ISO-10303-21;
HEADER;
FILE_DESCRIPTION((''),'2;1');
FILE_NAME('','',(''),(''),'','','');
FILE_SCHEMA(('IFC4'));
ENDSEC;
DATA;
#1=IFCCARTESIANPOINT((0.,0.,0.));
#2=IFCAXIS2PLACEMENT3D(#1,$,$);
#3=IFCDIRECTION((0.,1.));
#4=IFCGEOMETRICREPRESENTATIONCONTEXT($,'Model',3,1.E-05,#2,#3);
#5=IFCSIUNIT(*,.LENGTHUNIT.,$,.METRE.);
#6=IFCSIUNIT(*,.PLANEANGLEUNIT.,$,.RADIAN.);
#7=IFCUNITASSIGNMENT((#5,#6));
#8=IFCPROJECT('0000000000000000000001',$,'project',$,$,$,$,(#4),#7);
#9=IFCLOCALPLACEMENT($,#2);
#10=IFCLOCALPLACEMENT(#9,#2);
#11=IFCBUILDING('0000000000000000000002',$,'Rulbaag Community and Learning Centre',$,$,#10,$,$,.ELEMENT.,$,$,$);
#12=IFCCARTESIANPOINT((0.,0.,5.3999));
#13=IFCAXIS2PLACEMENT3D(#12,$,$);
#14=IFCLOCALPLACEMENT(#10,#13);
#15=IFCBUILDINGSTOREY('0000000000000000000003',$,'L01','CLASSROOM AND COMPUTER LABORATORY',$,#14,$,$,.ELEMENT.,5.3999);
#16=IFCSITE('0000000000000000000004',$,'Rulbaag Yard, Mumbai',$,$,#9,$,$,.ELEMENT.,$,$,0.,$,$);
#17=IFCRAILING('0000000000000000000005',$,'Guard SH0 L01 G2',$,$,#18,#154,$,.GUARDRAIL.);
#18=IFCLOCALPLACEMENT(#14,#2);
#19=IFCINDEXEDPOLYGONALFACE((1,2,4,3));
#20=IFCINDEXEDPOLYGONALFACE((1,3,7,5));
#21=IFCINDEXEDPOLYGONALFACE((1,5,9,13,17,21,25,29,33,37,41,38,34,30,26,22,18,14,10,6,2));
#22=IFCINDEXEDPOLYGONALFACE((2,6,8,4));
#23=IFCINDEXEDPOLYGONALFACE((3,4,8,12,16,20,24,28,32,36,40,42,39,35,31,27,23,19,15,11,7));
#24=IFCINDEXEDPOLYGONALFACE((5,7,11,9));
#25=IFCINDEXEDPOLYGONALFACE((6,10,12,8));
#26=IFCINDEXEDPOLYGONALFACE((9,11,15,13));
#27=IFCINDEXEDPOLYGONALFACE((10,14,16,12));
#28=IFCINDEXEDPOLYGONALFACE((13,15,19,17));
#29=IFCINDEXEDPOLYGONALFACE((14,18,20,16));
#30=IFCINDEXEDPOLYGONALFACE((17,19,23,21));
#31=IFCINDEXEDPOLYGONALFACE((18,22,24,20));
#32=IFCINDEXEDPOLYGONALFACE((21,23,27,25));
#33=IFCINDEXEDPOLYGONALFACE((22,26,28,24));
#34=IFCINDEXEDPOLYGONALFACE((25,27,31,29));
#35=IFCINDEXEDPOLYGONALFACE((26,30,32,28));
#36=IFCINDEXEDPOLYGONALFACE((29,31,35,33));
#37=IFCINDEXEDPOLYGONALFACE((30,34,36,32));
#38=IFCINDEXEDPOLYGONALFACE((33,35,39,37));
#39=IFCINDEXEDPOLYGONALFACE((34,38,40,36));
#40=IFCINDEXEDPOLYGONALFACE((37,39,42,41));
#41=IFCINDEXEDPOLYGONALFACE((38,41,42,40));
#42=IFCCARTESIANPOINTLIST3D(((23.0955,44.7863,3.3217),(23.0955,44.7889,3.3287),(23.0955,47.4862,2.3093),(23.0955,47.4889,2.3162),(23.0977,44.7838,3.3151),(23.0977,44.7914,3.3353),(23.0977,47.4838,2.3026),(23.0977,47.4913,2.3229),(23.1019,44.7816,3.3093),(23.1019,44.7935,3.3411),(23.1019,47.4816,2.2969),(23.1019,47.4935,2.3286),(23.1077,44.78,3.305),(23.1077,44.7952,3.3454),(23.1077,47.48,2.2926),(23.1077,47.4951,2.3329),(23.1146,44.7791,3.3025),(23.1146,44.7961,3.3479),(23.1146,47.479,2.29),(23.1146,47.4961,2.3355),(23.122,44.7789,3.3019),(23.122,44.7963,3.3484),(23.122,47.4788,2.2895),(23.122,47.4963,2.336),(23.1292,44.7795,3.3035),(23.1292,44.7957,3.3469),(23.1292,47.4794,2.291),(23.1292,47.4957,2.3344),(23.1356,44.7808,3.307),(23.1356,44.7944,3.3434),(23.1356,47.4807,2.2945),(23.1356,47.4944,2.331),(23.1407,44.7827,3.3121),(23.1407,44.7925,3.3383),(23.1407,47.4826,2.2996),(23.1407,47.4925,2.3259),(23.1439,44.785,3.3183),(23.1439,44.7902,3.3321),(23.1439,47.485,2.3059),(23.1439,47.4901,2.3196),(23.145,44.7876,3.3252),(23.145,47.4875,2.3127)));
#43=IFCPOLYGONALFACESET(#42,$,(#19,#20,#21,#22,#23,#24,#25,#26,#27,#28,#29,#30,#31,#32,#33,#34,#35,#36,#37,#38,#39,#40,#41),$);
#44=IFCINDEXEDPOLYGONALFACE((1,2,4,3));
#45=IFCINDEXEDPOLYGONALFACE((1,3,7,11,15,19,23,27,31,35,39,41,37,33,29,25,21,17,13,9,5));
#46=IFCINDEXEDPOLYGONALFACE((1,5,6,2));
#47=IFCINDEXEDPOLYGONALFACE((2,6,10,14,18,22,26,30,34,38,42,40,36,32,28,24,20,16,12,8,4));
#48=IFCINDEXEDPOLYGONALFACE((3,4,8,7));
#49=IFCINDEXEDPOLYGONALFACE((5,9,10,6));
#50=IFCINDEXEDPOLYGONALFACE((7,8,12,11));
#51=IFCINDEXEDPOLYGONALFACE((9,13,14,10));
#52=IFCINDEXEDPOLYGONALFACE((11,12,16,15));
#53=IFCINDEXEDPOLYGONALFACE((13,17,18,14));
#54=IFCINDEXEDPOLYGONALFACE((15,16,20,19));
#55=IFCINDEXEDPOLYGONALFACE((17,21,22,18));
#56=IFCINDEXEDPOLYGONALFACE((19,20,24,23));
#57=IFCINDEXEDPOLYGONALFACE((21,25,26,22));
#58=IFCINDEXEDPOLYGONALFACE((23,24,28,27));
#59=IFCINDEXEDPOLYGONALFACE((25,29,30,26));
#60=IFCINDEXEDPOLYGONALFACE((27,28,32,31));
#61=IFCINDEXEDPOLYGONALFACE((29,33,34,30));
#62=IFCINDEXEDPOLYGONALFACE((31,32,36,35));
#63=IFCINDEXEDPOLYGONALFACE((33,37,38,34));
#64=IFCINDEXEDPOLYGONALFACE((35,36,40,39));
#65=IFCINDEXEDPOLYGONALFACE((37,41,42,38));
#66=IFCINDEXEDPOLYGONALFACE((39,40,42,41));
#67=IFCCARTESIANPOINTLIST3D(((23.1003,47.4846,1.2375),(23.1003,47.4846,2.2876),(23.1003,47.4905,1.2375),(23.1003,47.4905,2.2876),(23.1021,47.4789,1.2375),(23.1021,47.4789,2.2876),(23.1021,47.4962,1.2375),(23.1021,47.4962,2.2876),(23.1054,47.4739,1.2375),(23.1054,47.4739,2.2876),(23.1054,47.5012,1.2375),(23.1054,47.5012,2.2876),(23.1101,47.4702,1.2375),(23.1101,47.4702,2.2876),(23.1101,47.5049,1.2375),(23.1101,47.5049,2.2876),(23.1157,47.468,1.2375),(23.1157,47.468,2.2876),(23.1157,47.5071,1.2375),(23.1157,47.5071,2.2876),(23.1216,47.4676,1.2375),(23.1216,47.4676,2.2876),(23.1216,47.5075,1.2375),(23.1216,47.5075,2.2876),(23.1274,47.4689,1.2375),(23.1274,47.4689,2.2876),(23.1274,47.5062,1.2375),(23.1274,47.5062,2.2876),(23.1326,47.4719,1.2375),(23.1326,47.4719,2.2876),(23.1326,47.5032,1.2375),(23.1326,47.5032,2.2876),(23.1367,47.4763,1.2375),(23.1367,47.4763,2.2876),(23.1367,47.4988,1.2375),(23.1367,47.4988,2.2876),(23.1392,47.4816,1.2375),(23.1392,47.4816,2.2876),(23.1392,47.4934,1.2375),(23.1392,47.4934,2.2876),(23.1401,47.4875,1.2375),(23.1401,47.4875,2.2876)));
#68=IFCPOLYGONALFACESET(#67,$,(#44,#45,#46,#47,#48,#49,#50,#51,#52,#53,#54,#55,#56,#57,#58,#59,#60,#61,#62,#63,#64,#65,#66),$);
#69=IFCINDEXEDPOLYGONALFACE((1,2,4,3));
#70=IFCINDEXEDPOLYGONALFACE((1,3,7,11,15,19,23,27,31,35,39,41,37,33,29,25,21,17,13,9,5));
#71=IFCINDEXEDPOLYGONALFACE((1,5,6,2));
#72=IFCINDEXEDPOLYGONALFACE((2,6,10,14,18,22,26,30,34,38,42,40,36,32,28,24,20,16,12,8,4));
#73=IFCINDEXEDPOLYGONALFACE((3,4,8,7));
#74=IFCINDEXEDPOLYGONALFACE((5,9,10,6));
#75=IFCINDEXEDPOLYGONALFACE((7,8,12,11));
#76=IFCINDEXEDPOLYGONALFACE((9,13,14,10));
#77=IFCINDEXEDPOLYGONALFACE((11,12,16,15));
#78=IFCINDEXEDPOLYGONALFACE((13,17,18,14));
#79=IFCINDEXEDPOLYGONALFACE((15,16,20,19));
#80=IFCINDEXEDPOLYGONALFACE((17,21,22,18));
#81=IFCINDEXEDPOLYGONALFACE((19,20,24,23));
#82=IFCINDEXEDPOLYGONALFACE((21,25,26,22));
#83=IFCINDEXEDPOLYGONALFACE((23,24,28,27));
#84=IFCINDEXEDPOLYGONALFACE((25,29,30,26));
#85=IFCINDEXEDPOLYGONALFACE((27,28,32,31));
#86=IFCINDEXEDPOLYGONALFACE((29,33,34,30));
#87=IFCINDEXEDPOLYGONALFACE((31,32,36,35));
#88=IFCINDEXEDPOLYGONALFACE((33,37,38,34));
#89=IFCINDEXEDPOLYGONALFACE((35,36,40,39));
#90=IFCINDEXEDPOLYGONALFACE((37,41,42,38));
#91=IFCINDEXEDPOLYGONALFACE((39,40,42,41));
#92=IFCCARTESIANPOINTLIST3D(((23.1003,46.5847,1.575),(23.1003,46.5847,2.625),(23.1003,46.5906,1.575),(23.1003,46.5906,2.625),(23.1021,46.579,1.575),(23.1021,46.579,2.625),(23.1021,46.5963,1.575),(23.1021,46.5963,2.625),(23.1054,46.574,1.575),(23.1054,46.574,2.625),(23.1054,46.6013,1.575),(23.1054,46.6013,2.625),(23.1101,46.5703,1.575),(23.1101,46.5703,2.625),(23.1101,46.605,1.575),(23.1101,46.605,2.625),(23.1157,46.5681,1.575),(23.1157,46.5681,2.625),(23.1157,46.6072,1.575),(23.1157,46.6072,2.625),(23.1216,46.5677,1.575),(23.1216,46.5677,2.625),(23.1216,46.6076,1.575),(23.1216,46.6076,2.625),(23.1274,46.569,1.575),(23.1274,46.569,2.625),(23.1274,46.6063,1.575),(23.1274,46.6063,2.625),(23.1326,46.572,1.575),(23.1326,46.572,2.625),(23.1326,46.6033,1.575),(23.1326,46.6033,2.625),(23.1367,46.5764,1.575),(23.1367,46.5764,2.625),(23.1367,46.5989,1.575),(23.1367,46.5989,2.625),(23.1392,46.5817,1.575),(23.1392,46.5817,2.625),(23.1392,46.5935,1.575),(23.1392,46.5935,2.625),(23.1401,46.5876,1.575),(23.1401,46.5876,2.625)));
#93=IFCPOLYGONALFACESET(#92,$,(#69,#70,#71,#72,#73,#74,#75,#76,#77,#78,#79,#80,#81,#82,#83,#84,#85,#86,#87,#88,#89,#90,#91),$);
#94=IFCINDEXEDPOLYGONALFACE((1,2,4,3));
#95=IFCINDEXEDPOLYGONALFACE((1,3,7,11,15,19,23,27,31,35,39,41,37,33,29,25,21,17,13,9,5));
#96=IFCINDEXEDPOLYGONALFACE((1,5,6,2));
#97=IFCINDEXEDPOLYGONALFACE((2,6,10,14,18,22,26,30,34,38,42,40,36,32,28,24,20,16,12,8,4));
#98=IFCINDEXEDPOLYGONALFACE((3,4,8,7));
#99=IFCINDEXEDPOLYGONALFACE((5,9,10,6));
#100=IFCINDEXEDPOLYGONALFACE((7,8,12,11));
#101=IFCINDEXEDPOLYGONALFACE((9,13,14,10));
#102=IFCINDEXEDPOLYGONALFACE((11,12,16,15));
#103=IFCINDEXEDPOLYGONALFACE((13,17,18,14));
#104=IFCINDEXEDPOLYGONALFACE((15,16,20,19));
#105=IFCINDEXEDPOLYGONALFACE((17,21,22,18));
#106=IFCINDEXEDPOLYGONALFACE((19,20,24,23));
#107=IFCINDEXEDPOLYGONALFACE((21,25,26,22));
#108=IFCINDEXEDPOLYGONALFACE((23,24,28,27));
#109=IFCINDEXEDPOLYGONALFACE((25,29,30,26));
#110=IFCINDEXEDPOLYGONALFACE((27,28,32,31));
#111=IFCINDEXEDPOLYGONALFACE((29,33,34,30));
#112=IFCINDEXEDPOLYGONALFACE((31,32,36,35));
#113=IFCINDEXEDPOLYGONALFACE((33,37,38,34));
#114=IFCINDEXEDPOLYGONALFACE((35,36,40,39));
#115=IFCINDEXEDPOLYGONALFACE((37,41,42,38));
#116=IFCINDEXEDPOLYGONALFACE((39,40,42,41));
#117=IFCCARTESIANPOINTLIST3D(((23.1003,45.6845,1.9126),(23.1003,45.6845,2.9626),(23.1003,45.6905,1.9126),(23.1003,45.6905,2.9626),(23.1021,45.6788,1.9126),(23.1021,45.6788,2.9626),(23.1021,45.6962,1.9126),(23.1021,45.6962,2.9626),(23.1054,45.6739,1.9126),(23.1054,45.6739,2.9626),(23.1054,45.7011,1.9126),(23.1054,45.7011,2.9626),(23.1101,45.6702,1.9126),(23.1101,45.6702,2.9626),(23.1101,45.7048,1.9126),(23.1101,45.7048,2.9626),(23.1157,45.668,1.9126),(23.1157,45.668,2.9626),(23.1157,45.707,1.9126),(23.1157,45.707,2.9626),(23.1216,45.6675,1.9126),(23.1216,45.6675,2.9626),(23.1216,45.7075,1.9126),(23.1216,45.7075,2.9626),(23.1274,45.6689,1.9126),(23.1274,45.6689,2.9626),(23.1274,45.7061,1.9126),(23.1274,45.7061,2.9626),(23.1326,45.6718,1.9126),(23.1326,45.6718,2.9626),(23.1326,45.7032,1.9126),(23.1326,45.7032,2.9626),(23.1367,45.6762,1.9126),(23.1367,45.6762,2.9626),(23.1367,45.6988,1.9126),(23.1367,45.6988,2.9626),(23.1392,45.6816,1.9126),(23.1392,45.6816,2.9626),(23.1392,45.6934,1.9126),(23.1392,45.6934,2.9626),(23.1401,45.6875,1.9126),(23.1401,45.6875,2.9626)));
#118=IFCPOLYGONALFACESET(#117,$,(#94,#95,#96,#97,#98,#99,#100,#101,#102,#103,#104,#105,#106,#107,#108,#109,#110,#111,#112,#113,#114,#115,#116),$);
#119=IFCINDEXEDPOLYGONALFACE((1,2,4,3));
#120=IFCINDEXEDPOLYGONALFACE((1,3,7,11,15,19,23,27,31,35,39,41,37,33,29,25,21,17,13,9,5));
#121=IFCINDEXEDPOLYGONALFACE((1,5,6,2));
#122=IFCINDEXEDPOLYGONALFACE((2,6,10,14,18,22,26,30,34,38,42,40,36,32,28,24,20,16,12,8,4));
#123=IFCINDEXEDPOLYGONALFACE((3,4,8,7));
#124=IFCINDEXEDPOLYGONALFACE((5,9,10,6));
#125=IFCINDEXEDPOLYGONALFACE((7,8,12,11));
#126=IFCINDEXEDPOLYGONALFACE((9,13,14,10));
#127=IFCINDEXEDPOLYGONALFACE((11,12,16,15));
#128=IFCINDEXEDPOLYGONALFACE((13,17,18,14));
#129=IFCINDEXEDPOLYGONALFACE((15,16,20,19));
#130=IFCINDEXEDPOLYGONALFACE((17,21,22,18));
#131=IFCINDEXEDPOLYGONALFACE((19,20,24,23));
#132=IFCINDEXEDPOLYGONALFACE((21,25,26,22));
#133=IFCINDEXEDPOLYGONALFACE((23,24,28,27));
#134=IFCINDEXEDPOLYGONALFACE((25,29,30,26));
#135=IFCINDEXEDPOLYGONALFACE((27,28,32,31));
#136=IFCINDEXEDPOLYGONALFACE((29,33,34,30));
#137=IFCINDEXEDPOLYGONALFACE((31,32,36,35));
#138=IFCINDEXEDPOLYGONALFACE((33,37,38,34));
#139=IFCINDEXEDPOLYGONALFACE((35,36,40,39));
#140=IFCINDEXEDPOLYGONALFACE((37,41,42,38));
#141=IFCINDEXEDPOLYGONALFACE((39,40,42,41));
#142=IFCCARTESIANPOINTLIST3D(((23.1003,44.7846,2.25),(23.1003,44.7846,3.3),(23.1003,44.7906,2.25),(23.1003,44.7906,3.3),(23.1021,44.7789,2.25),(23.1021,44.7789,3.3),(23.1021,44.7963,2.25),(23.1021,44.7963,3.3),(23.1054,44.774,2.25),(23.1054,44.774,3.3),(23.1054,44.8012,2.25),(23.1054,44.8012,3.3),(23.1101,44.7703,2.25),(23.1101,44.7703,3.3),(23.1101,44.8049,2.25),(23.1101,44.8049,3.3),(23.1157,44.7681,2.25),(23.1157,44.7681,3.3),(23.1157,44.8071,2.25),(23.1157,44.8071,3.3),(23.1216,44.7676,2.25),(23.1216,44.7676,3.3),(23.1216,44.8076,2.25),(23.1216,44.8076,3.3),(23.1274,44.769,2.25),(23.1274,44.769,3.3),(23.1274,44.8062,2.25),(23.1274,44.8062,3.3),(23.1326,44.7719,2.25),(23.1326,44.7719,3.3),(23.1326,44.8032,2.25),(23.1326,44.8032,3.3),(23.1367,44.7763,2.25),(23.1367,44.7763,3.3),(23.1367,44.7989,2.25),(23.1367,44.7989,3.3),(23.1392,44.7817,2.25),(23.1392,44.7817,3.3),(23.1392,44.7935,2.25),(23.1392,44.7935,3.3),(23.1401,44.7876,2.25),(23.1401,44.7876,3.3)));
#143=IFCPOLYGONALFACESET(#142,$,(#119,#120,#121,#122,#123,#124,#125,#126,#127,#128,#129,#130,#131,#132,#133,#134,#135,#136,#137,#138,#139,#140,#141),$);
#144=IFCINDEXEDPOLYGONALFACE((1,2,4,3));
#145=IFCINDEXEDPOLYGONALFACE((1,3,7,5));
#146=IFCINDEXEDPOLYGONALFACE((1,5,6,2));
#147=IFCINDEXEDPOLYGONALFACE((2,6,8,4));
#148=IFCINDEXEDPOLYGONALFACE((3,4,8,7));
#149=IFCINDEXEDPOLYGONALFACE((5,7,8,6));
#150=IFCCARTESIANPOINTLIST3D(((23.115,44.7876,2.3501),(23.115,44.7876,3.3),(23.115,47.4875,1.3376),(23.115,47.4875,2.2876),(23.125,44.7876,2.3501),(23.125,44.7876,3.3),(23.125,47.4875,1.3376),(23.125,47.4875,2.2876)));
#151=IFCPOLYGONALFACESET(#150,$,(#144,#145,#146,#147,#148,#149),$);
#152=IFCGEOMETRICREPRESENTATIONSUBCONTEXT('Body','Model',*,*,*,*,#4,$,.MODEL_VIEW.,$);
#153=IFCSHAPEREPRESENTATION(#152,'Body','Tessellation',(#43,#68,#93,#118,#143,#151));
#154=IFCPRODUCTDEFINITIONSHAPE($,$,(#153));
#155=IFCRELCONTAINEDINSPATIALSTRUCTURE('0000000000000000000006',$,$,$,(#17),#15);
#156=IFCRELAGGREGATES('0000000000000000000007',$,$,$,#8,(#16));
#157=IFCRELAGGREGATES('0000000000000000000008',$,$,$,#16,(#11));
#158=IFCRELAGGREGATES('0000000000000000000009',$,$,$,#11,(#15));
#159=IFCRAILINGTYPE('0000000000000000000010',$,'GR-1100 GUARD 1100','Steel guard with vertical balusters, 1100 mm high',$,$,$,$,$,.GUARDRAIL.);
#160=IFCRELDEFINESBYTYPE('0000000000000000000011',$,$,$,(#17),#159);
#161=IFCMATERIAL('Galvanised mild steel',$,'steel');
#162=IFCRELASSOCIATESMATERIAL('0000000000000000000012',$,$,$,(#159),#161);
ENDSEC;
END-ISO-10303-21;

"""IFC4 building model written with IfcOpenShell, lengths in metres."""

from ifc_helpers import new_model, si_unit, direction, frame, origin, origin_2d, place, context, subcontext, project, spatial, polyline, circle, outline, extrude, material, type_object, element, save


model = new_model("IFC4")

# Units and contexts
model_context = context("Model", 3, precision=1e-05, world=origin(), true_north=direction((0.0, 1.0)))
body_context = subcontext(model_context, "Body", "Model", "MODEL_VIEW")
ifc_project = project(units=[si_unit("LENGTHUNIT", "METRE"), si_unit("PLANEANGLEUNIT", "RADIAN")], contexts=[model_context])

# Site, building, storey
site_placement = place(None, origin())
site = spatial("IfcSite", under=ifc_project, at=site_placement, Name="Rulbaag Yard, Mumbai", CompositionType="ELEMENT", RefElevation=0.0)
building_placement = place(site_placement, origin())
building = spatial("IfcBuilding", under=site, at=building_placement, Name="Rulbaag Community and Learning Centre", CompositionType="ELEMENT")
storey_placement = place(building_placement, frame((0.0, 0.0, 5.3999)))
storey = spatial("IfcBuildingStorey", under=building, at=storey_placement, Name="L01", Description="CLASSROOM AND COMPUTER LABORATORY", CompositionType="ELEMENT", Elevation=5.3999)

# Railing
ifc_material_1 = material(Name="Galvanised mild steel", Category="steel")
railing_type_1 = type_object("IfcRailingType", Name="GR-1100 GUARD 1100", Description="Steel guard with vertical balusters, 1100 mm high", PredefinedType="GUARDRAIL", material=ifc_material_1)
railing_1_placement = place(storey_placement, frame((23.1201, 47.4875, 1.2375)))
element("IfcRailing", 1, at=railing_1_placement, inside=storey, type_object=railing_type_1, Name="Guard SH0 L01 G2", PredefinedType="GUARDRAIL", context=body_context, shape_type="SweptSolid", body=[
    extrude(circle(Radius=0.0249, at=origin_2d()), frame((0.0, 0.0, 1.0752), z_axis=(0.0, -0.936333, 0.351114), x_axis=(1.0, 0.0, 0.0)), (0.0, 0.0, 1.0), 2.8835),
    extrude(circle(Radius=0.02, at=origin_2d()), origin(), (0.0, 0.0, 1.0), 1.05),
    extrude(circle(Radius=0.02, at=origin_2d()), frame((0.0, -0.8999, 0.3374)), (0.0, 0.0, 1.0), 1.05),
    extrude(circle(Radius=0.02, at=origin_2d()), frame((0.0, -1.8, 0.675)), (0.0, 0.0, 1.0), 1.05),
    extrude(circle(Radius=0.02, at=origin_2d()), frame((0.0, -2.7, 1.0125)), (0.0, 0.0, 1.0), 1.05),
    extrude(outline(polyline([(0.0, 0.0), (2.7, 1.0125), (2.7, 1.9624), (0.0, 0.95), (0.0, 0.0)])), frame((0.0049, 0.0, 0.1001), z_axis=(-1.0, 0.0, 0.0), x_axis=(0.0, -1.0, 0.0)), (0.0, 0.0, 1.0), 0.01),
])

save(model, "model.ifc")
